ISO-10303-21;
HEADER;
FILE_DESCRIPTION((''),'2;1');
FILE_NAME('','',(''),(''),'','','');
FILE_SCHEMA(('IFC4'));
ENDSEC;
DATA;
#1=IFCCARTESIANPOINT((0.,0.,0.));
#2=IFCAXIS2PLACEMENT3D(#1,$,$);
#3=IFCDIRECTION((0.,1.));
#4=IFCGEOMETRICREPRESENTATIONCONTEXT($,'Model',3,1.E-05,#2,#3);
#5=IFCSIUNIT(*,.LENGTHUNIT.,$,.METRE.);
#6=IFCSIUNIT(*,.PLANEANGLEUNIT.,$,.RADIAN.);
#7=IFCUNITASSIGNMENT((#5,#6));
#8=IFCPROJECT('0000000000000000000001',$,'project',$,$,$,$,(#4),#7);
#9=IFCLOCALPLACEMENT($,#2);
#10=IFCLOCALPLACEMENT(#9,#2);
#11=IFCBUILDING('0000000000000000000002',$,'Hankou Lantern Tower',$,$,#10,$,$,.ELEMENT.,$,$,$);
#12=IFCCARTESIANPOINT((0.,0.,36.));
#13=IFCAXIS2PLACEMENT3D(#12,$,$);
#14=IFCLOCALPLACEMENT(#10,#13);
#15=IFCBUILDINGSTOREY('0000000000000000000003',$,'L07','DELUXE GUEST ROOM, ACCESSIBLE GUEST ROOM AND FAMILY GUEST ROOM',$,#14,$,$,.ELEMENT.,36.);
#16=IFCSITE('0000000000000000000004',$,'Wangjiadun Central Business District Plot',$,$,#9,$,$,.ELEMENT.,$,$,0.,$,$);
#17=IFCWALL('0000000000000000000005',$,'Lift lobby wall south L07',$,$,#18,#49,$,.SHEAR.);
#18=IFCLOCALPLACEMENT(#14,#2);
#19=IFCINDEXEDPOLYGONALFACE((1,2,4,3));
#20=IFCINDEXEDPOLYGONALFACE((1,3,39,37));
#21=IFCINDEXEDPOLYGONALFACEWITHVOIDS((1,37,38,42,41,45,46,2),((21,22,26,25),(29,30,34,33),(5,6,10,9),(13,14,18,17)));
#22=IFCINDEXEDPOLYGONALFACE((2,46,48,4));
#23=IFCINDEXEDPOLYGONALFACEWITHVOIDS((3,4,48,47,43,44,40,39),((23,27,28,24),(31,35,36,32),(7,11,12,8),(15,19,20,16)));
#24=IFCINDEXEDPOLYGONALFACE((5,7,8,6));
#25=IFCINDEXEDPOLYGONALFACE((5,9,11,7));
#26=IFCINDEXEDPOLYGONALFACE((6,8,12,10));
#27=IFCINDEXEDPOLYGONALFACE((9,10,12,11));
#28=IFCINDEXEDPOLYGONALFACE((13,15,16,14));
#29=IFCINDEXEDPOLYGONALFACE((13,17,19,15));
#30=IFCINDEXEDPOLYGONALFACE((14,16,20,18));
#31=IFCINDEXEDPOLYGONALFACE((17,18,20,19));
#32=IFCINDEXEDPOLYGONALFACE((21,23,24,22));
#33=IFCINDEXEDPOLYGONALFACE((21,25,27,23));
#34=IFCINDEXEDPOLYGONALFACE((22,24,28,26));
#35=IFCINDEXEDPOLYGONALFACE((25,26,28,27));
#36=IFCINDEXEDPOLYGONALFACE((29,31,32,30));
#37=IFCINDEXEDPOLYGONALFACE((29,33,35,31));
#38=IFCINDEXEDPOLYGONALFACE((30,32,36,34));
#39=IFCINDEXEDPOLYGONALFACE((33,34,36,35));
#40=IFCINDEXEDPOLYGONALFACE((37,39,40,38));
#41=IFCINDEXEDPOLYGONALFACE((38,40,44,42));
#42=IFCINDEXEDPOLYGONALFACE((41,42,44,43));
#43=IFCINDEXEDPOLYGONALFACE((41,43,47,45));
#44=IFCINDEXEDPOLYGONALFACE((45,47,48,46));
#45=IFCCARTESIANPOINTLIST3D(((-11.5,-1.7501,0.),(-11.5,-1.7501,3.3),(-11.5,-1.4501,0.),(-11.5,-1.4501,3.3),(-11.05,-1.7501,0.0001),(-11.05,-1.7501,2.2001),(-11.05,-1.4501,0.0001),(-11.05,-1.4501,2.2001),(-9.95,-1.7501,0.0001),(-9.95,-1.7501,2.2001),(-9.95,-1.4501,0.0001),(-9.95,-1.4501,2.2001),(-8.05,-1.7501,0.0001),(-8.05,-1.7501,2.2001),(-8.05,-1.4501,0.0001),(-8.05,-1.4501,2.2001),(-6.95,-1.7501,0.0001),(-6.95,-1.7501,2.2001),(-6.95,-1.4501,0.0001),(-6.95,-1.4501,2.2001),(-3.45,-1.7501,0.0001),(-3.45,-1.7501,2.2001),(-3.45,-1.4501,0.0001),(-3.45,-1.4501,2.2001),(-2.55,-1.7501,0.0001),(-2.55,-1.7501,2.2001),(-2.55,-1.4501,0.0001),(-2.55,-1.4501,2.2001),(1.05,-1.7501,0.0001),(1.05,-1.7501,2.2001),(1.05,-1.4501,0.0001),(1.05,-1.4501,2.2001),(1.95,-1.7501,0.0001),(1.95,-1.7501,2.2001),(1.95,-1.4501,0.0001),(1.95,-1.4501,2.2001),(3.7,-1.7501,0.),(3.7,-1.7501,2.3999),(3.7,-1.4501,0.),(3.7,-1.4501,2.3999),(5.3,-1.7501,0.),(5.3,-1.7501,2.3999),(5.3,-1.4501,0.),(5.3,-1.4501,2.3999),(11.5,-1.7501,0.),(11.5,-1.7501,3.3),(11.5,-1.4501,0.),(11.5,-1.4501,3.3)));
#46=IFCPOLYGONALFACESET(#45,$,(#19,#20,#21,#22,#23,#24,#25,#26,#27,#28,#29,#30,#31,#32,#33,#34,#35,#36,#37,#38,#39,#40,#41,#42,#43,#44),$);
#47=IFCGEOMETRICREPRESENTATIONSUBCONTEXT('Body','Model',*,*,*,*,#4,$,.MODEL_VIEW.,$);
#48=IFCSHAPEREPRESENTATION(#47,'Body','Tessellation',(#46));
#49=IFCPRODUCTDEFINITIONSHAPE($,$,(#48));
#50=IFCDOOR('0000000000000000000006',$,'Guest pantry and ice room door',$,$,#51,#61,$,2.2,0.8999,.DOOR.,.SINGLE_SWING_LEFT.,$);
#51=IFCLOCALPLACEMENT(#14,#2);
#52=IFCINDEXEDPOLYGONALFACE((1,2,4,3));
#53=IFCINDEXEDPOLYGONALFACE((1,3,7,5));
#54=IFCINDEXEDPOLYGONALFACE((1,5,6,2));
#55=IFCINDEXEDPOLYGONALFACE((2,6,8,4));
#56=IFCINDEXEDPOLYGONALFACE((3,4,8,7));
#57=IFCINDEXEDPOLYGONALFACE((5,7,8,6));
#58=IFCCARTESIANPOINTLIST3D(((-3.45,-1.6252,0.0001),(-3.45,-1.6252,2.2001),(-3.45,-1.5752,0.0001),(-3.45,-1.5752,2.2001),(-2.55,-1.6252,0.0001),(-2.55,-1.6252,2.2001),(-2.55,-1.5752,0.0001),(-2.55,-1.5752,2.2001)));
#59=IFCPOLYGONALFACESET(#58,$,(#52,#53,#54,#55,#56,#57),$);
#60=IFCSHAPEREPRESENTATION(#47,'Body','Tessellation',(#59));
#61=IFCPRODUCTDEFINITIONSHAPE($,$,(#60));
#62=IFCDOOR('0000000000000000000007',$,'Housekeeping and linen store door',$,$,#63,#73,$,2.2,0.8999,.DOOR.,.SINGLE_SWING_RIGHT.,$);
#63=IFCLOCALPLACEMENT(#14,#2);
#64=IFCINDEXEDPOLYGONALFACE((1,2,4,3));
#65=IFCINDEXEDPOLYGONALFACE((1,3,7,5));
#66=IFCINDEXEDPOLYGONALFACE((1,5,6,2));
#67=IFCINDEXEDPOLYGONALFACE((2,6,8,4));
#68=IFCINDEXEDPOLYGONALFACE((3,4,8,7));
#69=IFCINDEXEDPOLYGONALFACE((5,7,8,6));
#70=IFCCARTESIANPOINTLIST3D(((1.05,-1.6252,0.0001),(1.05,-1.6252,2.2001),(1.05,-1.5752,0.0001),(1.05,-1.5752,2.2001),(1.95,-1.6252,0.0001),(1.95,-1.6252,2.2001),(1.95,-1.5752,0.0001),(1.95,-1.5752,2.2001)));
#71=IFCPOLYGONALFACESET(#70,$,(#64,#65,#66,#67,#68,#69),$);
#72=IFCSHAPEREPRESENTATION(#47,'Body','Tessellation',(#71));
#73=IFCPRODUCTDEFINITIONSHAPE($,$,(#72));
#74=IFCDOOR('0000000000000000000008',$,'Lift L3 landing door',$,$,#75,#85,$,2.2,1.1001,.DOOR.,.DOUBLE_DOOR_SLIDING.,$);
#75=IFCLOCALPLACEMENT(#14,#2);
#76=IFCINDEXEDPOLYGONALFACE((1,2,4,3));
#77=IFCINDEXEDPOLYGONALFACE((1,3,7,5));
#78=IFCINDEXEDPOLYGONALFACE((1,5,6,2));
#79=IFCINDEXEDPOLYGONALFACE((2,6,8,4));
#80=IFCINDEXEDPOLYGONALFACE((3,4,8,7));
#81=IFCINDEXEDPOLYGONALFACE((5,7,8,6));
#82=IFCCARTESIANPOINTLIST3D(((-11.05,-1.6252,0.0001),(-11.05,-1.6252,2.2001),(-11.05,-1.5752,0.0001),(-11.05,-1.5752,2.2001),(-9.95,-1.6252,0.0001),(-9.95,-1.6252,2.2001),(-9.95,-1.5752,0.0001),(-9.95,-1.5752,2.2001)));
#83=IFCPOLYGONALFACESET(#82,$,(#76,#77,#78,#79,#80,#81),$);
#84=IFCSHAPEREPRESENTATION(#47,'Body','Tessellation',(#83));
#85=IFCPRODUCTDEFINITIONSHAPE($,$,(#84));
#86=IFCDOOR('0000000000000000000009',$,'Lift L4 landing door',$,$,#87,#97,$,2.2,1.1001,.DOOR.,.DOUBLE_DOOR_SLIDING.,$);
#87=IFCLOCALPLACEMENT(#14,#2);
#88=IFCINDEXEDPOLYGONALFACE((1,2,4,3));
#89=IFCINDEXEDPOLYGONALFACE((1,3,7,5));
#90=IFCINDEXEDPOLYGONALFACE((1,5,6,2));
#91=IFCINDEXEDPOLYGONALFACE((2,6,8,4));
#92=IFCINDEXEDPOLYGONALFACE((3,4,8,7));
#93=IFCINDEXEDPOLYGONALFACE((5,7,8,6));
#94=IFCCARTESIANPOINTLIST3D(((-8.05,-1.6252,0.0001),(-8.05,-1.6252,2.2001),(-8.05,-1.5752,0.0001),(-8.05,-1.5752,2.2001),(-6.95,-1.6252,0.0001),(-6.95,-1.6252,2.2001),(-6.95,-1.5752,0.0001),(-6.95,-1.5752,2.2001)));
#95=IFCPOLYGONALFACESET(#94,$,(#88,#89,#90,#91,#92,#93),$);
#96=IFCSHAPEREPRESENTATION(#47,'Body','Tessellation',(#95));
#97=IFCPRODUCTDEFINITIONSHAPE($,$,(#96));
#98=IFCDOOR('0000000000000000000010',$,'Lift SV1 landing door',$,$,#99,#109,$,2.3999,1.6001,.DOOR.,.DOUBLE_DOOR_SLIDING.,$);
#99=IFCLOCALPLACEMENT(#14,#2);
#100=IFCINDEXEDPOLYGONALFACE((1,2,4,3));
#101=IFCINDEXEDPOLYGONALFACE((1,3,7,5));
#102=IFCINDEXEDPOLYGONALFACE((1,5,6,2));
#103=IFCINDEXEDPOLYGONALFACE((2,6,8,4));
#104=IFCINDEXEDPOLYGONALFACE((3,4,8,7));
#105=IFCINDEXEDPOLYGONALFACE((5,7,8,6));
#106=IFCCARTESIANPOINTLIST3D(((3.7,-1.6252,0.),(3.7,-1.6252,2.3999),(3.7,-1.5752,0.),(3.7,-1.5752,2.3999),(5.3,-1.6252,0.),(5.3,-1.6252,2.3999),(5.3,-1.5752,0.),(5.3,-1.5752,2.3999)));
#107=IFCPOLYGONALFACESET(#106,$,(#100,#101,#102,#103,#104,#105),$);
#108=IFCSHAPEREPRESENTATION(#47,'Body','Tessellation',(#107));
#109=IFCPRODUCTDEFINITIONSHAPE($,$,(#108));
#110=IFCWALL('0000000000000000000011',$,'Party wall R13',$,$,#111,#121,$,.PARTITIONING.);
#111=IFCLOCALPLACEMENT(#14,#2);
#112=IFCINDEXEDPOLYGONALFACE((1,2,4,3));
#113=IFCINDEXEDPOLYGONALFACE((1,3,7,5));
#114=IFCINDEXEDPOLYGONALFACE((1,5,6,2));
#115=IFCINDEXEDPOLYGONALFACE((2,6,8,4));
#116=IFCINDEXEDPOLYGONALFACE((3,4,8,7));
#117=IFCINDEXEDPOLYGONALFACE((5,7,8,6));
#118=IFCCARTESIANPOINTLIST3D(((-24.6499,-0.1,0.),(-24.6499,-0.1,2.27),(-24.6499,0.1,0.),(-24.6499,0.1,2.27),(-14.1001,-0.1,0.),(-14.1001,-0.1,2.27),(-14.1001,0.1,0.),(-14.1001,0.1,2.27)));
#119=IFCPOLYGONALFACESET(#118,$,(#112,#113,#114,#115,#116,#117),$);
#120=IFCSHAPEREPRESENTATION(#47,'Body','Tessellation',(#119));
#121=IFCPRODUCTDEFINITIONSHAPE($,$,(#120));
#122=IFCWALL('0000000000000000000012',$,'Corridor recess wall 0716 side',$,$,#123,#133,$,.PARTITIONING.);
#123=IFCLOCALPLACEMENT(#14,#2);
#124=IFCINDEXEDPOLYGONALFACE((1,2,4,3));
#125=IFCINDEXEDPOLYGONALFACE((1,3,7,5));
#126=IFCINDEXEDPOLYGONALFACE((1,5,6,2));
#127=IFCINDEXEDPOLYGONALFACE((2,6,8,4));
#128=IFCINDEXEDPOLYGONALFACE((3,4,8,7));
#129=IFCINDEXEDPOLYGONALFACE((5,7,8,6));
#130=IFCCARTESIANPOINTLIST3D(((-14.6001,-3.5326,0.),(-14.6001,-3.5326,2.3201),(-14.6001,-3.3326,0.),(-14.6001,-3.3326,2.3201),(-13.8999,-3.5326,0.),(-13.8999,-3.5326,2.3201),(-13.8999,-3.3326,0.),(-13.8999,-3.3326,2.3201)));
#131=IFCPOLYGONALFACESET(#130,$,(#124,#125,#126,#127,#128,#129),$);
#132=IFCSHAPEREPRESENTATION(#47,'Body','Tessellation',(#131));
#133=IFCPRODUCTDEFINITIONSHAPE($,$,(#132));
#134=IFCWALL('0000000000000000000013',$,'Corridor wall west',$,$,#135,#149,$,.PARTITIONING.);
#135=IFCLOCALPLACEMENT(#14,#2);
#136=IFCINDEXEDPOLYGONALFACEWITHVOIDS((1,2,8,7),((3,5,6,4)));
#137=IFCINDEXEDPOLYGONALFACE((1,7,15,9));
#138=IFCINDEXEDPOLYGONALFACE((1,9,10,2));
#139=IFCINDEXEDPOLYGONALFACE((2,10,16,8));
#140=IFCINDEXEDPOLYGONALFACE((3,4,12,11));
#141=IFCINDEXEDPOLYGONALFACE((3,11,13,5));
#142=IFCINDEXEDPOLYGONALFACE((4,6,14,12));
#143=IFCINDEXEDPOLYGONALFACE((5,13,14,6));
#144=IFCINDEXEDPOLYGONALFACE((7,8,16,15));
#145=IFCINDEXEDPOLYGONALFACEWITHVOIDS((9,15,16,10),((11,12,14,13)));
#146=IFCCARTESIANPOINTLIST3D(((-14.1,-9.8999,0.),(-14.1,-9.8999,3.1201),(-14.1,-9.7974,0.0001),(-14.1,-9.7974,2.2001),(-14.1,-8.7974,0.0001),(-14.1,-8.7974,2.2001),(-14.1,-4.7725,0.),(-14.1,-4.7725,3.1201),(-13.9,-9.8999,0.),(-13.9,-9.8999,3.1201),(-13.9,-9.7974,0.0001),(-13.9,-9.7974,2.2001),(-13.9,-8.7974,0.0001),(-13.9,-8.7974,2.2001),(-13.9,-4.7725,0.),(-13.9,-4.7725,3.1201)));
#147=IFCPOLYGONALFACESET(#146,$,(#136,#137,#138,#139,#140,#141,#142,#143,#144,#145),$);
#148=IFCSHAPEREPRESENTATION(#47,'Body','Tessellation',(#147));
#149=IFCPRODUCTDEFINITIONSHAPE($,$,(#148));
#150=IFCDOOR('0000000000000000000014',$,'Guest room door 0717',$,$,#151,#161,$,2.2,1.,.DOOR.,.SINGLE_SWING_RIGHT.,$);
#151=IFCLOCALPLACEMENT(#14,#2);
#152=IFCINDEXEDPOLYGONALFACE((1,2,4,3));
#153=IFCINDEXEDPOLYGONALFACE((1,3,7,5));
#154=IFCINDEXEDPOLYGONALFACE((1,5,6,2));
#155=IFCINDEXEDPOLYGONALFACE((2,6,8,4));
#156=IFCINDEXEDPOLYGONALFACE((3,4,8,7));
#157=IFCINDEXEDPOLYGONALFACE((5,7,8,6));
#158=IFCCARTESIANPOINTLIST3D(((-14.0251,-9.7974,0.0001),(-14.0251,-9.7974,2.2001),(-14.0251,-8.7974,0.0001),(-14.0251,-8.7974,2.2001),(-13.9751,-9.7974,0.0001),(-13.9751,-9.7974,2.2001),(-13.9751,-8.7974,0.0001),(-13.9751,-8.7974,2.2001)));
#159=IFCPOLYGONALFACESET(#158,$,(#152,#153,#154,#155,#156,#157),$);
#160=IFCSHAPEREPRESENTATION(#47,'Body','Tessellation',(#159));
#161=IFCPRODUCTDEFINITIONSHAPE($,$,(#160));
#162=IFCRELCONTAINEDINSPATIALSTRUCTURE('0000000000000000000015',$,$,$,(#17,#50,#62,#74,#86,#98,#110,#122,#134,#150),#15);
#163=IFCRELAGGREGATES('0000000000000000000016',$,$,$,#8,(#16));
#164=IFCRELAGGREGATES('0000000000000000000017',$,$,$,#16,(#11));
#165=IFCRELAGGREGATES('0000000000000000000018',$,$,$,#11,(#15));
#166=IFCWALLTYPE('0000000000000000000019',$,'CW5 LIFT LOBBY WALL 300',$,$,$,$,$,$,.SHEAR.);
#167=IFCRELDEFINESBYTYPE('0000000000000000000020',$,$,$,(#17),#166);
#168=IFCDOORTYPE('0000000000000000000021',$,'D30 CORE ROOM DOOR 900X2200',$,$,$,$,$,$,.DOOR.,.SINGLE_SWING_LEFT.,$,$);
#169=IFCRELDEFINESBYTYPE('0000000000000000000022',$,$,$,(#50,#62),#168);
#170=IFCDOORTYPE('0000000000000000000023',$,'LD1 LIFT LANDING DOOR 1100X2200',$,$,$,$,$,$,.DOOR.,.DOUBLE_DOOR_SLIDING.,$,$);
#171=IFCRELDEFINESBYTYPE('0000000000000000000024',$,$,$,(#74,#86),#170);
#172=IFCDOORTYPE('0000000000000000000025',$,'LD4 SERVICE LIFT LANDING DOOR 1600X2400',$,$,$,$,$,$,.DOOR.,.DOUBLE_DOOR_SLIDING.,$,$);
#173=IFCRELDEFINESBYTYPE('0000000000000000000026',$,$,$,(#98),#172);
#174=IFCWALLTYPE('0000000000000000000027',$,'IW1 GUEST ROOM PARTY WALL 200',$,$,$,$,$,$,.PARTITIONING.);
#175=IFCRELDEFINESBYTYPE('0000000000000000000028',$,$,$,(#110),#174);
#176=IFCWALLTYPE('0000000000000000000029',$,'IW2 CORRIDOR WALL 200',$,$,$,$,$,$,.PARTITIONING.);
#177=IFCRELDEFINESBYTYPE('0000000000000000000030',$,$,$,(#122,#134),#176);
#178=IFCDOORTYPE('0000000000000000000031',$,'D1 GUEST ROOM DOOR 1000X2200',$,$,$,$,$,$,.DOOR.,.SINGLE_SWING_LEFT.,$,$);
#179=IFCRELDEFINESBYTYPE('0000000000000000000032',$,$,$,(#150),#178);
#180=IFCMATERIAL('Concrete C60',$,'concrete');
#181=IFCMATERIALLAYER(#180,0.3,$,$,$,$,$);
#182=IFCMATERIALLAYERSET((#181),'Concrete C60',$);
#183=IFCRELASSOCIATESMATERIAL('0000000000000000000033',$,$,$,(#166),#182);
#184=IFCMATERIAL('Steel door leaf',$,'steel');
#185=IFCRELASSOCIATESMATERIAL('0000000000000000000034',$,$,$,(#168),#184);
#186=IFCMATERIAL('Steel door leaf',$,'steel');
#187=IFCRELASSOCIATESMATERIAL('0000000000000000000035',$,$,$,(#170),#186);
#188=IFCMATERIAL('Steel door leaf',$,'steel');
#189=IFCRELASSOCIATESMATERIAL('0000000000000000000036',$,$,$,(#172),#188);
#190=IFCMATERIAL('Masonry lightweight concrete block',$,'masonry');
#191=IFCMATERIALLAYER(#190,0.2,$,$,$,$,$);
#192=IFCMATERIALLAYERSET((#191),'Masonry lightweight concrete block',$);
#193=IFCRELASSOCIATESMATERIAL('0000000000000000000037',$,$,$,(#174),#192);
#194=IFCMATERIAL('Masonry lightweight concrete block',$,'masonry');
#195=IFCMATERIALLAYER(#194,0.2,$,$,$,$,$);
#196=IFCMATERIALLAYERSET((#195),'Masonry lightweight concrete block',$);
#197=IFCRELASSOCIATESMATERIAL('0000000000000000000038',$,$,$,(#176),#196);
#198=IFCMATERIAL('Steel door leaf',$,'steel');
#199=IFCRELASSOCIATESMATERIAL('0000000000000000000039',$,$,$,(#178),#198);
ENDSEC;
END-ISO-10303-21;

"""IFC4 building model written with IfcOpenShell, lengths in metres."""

from ifc_helpers import new_model, si_unit, direction, frame, frame_2d, origin, place, context, subcontext, project, spatial, rectangle, extrude, material, layer, layer_set, type_object, element, fill, save


model = new_model("IFC4")

# Units and contexts
model_context = context("Model", 3, precision=1e-05, world=origin(), true_north=direction((0.0, 1.0)))
body_context = subcontext(model_context, "Body", "Model", "MODEL_VIEW")
ifc_project = project(units=[si_unit("LENGTHUNIT", "METRE"), si_unit("PLANEANGLEUNIT", "RADIAN")], contexts=[model_context])

# Site, building, storey
site_placement = place(None, origin())
site = spatial("IfcSite", under=ifc_project, at=site_placement, Name="Wangjiadun Central Business District Plot", CompositionType="ELEMENT", RefElevation=0.0)
building_placement = place(site_placement, origin())
building = spatial("IfcBuilding", under=site, at=building_placement, Name="Hankou Lantern Tower", CompositionType="ELEMENT")
storey_placement = place(building_placement, frame((0.0, 0.0, 36.0)))
storey = spatial("IfcBuildingStorey", under=building, at=storey_placement, Name="L07", Description="DELUXE GUEST ROOM, ACCESSIBLE GUEST ROOM AND FAMILY GUEST ROOM", CompositionType="ELEMENT", Elevation=36.0)

# Wall, openings, doors
ifc_material_1 = material(Name="Concrete C60", Category="concrete")
ifc_layer_1 = layer(ifc_material_1, 0.3)
ifc_layer_set_1 = layer_set([ifc_layer_1], Name="Concrete C60")
wall_type_1 = type_object("IfcWallType", Name="CW5 LIFT LOBBY WALL 300", PredefinedType="SHEAR", material=ifc_layer_set_1)
ifc_material_2 = material(Name="Steel door leaf", Category="steel")
door_type_1 = type_object("IfcDoorType", Name="D30 CORE ROOM DOOR 900X2200", OperationType="SINGLE_SWING_LEFT", PredefinedType="DOOR", material=ifc_material_2)
ifc_material_3 = material(Name="Steel door leaf", Category="steel")
door_type_2 = type_object("IfcDoorType", Name="LD1 LIFT LANDING DOOR 1100X2200", OperationType="DOUBLE_DOOR_SLIDING", PredefinedType="DOOR", material=ifc_material_3)
wall_1_placement = place(storey_placement, frame((-11.5, -1.6001, 0.0), z_axis=(0.0, 0.0, 1.0), x_axis=(1.0, 0.0, 0.0)))
wall_1 = element("IfcWall", 1, at=wall_1_placement, inside=storey, type_object=wall_type_1, Name="Lift lobby wall south L07", PredefinedType="SHEAR", context=body_context, shape_type="SweptSolid", body=[
    extrude(rectangle(XDim=23.0, YDim=0.3, at=frame_2d((11.5, 0.0))), origin(), (0.0, 0.0, 1.0), 3.3),
])
opening_1_placement = place(wall_1_placement, frame((0.45, 0.0, 0.0)))
opening_1 = element("IfcOpeningElement", 2, at=opening_1_placement, cuts=wall_1, PredefinedType="OPENING", context=body_context, shape_type="SweptSolid", body=[
    extrude(rectangle(XDim=1.1001, YDim=2.2, at=frame_2d((0.55, 1.1001))), frame((0.0, 0.1599, 0.0), z_axis=(0.0, -1.0, 0.0), x_axis=(1.0, 0.0, 0.0)), (0.0, 0.0, 1.0), 0.3201),
])
opening_2_placement = place(wall_1_placement, frame((3.45, 0.0, 0.0)))
opening_2 = element("IfcOpeningElement", 3, at=opening_2_placement, cuts=wall_1, PredefinedType="OPENING", context=body_context, shape_type="SweptSolid", body=[
    extrude(rectangle(XDim=1.1001, YDim=2.2, at=frame_2d((0.55, 1.1001))), frame((0.0, 0.1599, 0.0), z_axis=(0.0, -1.0, 0.0), x_axis=(1.0, 0.0, 0.0)), (0.0, 0.0, 1.0), 0.3201),
])
opening_3_placement = place(wall_1_placement, frame((15.2, 0.0, 0.0)))
opening_3 = element("IfcOpeningElement", 4, at=opening_3_placement, cuts=wall_1, PredefinedType="OPENING", context=body_context, shape_type="SweptSolid", body=[
    extrude(rectangle(XDim=1.6001, YDim=2.3999, at=frame_2d((0.8, 1.2))), frame((0.0, 0.1599, 0.0), z_axis=(0.0, -1.0, 0.0), x_axis=(1.0, 0.0, 0.0)), (0.0, 0.0, 1.0), 0.3201),
])
opening_4_placement = place(wall_1_placement, frame((8.05, 0.0, 0.0)))
opening_4 = element("IfcOpeningElement", 5, at=opening_4_placement, cuts=wall_1, PredefinedType="OPENING", context=body_context, shape_type="SweptSolid", body=[
    extrude(rectangle(XDim=0.8999, YDim=2.2, at=frame_2d((0.45, 1.1001))), frame((0.0, 0.1599, 0.0), z_axis=(0.0, -1.0, 0.0), x_axis=(1.0, 0.0, 0.0)), (0.0, 0.0, 1.0), 0.3201),
])
opening_5_placement = place(wall_1_placement, frame((12.55, 0.0, 0.0)))
opening_5 = element("IfcOpeningElement", 6, at=opening_5_placement, cuts=wall_1, PredefinedType="OPENING", context=body_context, shape_type="SweptSolid", body=[
    extrude(rectangle(XDim=0.8999, YDim=2.2, at=frame_2d((0.45, 1.1001))), frame((0.0, 0.1599, 0.0), z_axis=(0.0, -1.0, 0.0), x_axis=(1.0, 0.0, 0.0)), (0.0, 0.0, 1.0), 0.3201),
])
door_1_placement = place(opening_4_placement, origin())
door_1 = element("IfcDoor", 7, at=door_1_placement, inside=storey, type_object=door_type_1, Name="Guest pantry and ice room door", OperationType="SINGLE_SWING_LEFT", OverallHeight=2.2, OverallWidth=0.8999, PredefinedType="DOOR", context=body_context, shape_type="SweptSolid", body=[
    extrude(rectangle(XDim=0.8999, YDim=2.2, at=frame_2d((0.45, 1.1001))), frame((0.0, 0.0249, 0.0), z_axis=(0.0, -1.0, 0.0), x_axis=(1.0, 0.0, 0.0)), (0.0, 0.0, 1.0), 0.05),
])
fill(opening_4, door_1)
door_2_placement = place(opening_5_placement, origin())
door_2 = element("IfcDoor", 8, at=door_2_placement, inside=storey, type_object=door_type_1, Name="Housekeeping and linen store door", OperationType="SINGLE_SWING_RIGHT", OverallHeight=2.2, OverallWidth=0.8999, PredefinedType="DOOR", context=body_context, shape_type="SweptSolid", body=[
    extrude(rectangle(XDim=0.8999, YDim=2.2, at=frame_2d((0.45, 1.1001))), frame((0.0, 0.0249, 0.0), z_axis=(0.0, -1.0, 0.0), x_axis=(1.0, 0.0, 0.0)), (0.0, 0.0, 1.0), 0.05),
])
fill(opening_5, door_2)
door_3_placement = place(opening_1_placement, origin())
door_3 = element("IfcDoor", 9, at=door_3_placement, inside=storey, type_object=door_type_2, Name="Lift L3 landing door", OperationType="DOUBLE_DOOR_SLIDING", OverallHeight=2.2, OverallWidth=1.1001, PredefinedType="DOOR", context=body_context, shape_type="SweptSolid", body=[
    extrude(rectangle(XDim=1.1001, YDim=2.2, at=frame_2d((0.55, 1.1001))), frame((0.0, 0.0249, 0.0), z_axis=(0.0, -1.0, 0.0), x_axis=(1.0, 0.0, 0.0)), (0.0, 0.0, 1.0), 0.05),
])
fill(opening_1, door_3)
door_4_placement = place(opening_2_placement, origin())
door_4 = element("IfcDoor", 10, at=door_4_placement, inside=storey, type_object=door_type_2, Name="Lift L4 landing door", OperationType="DOUBLE_DOOR_SLIDING", OverallHeight=2.2, OverallWidth=1.1001, PredefinedType="DOOR", context=body_context, shape_type="SweptSolid", body=[
    extrude(rectangle(XDim=1.1001, YDim=2.2, at=frame_2d((0.55, 1.1001))), frame((0.0, 0.0249, 0.0), z_axis=(0.0, -1.0, 0.0), x_axis=(1.0, 0.0, 0.0)), (0.0, 0.0, 1.0), 0.05),
])
fill(opening_2, door_4)
ifc_material_4 = material(Name="Steel door leaf", Category="steel")
door_type_3 = type_object("IfcDoorType", Name="LD4 SERVICE LIFT LANDING DOOR 1600X2400", OperationType="DOUBLE_DOOR_SLIDING", PredefinedType="DOOR", material=ifc_material_4)
door_5_placement = place(opening_3_placement, origin())
door_5 = element("IfcDoor", 11, at=door_5_placement, inside=storey, type_object=door_type_3, Name="Lift SV1 landing door", OperationType="DOUBLE_DOOR_SLIDING", OverallHeight=2.3999, OverallWidth=1.6001, PredefinedType="DOOR", context=body_context, shape_type="SweptSolid", body=[
    extrude(rectangle(XDim=1.6001, YDim=2.3999, at=frame_2d((0.8, 1.2))), frame((0.0, 0.0249, 0.0), z_axis=(0.0, -1.0, 0.0), x_axis=(1.0, 0.0, 0.0)), (0.0, 0.0, 1.0), 0.05),
])
fill(opening_3, door_5)

# Walls
ifc_material_5 = material(Name="Masonry lightweight concrete block", Category="masonry")
ifc_layer_2 = layer(ifc_material_5, 0.2)
ifc_layer_set_2 = layer_set([ifc_layer_2], Name="Masonry lightweight concrete block")
wall_type_2 = type_object("IfcWallType", Name="IW1 GUEST ROOM PARTY WALL 200", PredefinedType="PARTITIONING", material=ifc_layer_set_2)
wall_2_placement = place(storey_placement, frame((-14.1001, 0.0, 0.0), z_axis=(0.0, 0.0, 1.0), x_axis=(-1.0, 0.0, 0.0)))
element("IfcWall", 12, at=wall_2_placement, inside=storey, type_object=wall_type_2, Name="Party wall R13", PredefinedType="PARTITIONING", context=body_context, shape_type="SweptSolid", body=[
    extrude(rectangle(XDim=10.5498, YDim=0.2, at=frame_2d((5.2749, 0.0))), origin(), (0.0, 0.0, 1.0), 2.27),
])
ifc_material_6 = material(Name="Masonry lightweight concrete block", Category="masonry")
ifc_layer_3 = layer(ifc_material_6, 0.2)
ifc_layer_set_3 = layer_set([ifc_layer_3], Name="Masonry lightweight concrete block")
wall_type_3 = type_object("IfcWallType", Name="IW2 CORRIDOR WALL 200", PredefinedType="PARTITIONING", material=ifc_layer_set_3)
wall_3_placement = place(storey_placement, frame((-13.8999, -3.4326, 0.0), z_axis=(0.0, 0.0, 1.0), x_axis=(-1.0, 0.0, 0.0)))
element("IfcWall", 13, at=wall_3_placement, inside=storey, type_object=wall_type_3, Name="Corridor recess wall 0716 side", PredefinedType="PARTITIONING", context=body_context, shape_type="SweptSolid", body=[
    extrude(rectangle(XDim=0.7002, YDim=0.2, at=frame_2d((0.3501, 0.0))), origin(), (0.0, 0.0, 1.0), 2.3201),
])

# Wall, opening, door
wall_4_placement = place(storey_placement, frame((-14.0, -4.7725, 0.0), z_axis=(0.0, 0.0, 1.0), x_axis=(0.0, -1.0, 0.0)))
wall_4 = element("IfcWall", 14, at=wall_4_placement, inside=storey, type_object=wall_type_3, Name="Corridor wall west", PredefinedType="PARTITIONING", context=body_context, shape_type="SweptSolid", body=[
    extrude(rectangle(XDim=5.1274, YDim=0.2, at=frame_2d((2.5637, 0.0))), origin(), (0.0, 0.0, 1.0), 3.1201),
])
opening_6_placement = place(wall_4_placement, frame((4.0249, 0.0, 0.0)))
opening_6 = element("IfcOpeningElement", 15, at=opening_6_placement, cuts=wall_4, PredefinedType="OPENING", context=body_context, shape_type="SweptSolid", body=[
    extrude(rectangle(XDim=1.0, YDim=2.2, at=frame_2d((0.5, 1.1001))), frame((0.0, 0.1099, 0.0), z_axis=(0.0, -1.0, 0.0), x_axis=(1.0, 0.0, 0.0)), (0.0, 0.0, 1.0), 0.22),
])
ifc_material_7 = material(Name="Steel door leaf", Category="steel")
door_type_4 = type_object("IfcDoorType", Name="D1 GUEST ROOM DOOR 1000X2200", OperationType="SINGLE_SWING_LEFT", PredefinedType="DOOR", material=ifc_material_7)
door_6_placement = place(opening_6_placement, origin())
door_6 = element("IfcDoor", 16, at=door_6_placement, inside=storey, type_object=door_type_4, Name="Guest room door 0717", OperationType="SINGLE_SWING_RIGHT", OverallHeight=2.2, OverallWidth=1.0, PredefinedType="DOOR", context=body_context, shape_type="SweptSolid", body=[
    extrude(rectangle(XDim=1.0, YDim=2.2, at=frame_2d((0.5, 1.1001))), frame((0.0, 0.0249, 0.0), z_axis=(0.0, -1.0, 0.0), x_axis=(1.0, 0.0, 0.0)), (0.0, 0.0, 1.0), 0.05),
])
fill(opening_6, door_6)

save(model, "model.ifc")
